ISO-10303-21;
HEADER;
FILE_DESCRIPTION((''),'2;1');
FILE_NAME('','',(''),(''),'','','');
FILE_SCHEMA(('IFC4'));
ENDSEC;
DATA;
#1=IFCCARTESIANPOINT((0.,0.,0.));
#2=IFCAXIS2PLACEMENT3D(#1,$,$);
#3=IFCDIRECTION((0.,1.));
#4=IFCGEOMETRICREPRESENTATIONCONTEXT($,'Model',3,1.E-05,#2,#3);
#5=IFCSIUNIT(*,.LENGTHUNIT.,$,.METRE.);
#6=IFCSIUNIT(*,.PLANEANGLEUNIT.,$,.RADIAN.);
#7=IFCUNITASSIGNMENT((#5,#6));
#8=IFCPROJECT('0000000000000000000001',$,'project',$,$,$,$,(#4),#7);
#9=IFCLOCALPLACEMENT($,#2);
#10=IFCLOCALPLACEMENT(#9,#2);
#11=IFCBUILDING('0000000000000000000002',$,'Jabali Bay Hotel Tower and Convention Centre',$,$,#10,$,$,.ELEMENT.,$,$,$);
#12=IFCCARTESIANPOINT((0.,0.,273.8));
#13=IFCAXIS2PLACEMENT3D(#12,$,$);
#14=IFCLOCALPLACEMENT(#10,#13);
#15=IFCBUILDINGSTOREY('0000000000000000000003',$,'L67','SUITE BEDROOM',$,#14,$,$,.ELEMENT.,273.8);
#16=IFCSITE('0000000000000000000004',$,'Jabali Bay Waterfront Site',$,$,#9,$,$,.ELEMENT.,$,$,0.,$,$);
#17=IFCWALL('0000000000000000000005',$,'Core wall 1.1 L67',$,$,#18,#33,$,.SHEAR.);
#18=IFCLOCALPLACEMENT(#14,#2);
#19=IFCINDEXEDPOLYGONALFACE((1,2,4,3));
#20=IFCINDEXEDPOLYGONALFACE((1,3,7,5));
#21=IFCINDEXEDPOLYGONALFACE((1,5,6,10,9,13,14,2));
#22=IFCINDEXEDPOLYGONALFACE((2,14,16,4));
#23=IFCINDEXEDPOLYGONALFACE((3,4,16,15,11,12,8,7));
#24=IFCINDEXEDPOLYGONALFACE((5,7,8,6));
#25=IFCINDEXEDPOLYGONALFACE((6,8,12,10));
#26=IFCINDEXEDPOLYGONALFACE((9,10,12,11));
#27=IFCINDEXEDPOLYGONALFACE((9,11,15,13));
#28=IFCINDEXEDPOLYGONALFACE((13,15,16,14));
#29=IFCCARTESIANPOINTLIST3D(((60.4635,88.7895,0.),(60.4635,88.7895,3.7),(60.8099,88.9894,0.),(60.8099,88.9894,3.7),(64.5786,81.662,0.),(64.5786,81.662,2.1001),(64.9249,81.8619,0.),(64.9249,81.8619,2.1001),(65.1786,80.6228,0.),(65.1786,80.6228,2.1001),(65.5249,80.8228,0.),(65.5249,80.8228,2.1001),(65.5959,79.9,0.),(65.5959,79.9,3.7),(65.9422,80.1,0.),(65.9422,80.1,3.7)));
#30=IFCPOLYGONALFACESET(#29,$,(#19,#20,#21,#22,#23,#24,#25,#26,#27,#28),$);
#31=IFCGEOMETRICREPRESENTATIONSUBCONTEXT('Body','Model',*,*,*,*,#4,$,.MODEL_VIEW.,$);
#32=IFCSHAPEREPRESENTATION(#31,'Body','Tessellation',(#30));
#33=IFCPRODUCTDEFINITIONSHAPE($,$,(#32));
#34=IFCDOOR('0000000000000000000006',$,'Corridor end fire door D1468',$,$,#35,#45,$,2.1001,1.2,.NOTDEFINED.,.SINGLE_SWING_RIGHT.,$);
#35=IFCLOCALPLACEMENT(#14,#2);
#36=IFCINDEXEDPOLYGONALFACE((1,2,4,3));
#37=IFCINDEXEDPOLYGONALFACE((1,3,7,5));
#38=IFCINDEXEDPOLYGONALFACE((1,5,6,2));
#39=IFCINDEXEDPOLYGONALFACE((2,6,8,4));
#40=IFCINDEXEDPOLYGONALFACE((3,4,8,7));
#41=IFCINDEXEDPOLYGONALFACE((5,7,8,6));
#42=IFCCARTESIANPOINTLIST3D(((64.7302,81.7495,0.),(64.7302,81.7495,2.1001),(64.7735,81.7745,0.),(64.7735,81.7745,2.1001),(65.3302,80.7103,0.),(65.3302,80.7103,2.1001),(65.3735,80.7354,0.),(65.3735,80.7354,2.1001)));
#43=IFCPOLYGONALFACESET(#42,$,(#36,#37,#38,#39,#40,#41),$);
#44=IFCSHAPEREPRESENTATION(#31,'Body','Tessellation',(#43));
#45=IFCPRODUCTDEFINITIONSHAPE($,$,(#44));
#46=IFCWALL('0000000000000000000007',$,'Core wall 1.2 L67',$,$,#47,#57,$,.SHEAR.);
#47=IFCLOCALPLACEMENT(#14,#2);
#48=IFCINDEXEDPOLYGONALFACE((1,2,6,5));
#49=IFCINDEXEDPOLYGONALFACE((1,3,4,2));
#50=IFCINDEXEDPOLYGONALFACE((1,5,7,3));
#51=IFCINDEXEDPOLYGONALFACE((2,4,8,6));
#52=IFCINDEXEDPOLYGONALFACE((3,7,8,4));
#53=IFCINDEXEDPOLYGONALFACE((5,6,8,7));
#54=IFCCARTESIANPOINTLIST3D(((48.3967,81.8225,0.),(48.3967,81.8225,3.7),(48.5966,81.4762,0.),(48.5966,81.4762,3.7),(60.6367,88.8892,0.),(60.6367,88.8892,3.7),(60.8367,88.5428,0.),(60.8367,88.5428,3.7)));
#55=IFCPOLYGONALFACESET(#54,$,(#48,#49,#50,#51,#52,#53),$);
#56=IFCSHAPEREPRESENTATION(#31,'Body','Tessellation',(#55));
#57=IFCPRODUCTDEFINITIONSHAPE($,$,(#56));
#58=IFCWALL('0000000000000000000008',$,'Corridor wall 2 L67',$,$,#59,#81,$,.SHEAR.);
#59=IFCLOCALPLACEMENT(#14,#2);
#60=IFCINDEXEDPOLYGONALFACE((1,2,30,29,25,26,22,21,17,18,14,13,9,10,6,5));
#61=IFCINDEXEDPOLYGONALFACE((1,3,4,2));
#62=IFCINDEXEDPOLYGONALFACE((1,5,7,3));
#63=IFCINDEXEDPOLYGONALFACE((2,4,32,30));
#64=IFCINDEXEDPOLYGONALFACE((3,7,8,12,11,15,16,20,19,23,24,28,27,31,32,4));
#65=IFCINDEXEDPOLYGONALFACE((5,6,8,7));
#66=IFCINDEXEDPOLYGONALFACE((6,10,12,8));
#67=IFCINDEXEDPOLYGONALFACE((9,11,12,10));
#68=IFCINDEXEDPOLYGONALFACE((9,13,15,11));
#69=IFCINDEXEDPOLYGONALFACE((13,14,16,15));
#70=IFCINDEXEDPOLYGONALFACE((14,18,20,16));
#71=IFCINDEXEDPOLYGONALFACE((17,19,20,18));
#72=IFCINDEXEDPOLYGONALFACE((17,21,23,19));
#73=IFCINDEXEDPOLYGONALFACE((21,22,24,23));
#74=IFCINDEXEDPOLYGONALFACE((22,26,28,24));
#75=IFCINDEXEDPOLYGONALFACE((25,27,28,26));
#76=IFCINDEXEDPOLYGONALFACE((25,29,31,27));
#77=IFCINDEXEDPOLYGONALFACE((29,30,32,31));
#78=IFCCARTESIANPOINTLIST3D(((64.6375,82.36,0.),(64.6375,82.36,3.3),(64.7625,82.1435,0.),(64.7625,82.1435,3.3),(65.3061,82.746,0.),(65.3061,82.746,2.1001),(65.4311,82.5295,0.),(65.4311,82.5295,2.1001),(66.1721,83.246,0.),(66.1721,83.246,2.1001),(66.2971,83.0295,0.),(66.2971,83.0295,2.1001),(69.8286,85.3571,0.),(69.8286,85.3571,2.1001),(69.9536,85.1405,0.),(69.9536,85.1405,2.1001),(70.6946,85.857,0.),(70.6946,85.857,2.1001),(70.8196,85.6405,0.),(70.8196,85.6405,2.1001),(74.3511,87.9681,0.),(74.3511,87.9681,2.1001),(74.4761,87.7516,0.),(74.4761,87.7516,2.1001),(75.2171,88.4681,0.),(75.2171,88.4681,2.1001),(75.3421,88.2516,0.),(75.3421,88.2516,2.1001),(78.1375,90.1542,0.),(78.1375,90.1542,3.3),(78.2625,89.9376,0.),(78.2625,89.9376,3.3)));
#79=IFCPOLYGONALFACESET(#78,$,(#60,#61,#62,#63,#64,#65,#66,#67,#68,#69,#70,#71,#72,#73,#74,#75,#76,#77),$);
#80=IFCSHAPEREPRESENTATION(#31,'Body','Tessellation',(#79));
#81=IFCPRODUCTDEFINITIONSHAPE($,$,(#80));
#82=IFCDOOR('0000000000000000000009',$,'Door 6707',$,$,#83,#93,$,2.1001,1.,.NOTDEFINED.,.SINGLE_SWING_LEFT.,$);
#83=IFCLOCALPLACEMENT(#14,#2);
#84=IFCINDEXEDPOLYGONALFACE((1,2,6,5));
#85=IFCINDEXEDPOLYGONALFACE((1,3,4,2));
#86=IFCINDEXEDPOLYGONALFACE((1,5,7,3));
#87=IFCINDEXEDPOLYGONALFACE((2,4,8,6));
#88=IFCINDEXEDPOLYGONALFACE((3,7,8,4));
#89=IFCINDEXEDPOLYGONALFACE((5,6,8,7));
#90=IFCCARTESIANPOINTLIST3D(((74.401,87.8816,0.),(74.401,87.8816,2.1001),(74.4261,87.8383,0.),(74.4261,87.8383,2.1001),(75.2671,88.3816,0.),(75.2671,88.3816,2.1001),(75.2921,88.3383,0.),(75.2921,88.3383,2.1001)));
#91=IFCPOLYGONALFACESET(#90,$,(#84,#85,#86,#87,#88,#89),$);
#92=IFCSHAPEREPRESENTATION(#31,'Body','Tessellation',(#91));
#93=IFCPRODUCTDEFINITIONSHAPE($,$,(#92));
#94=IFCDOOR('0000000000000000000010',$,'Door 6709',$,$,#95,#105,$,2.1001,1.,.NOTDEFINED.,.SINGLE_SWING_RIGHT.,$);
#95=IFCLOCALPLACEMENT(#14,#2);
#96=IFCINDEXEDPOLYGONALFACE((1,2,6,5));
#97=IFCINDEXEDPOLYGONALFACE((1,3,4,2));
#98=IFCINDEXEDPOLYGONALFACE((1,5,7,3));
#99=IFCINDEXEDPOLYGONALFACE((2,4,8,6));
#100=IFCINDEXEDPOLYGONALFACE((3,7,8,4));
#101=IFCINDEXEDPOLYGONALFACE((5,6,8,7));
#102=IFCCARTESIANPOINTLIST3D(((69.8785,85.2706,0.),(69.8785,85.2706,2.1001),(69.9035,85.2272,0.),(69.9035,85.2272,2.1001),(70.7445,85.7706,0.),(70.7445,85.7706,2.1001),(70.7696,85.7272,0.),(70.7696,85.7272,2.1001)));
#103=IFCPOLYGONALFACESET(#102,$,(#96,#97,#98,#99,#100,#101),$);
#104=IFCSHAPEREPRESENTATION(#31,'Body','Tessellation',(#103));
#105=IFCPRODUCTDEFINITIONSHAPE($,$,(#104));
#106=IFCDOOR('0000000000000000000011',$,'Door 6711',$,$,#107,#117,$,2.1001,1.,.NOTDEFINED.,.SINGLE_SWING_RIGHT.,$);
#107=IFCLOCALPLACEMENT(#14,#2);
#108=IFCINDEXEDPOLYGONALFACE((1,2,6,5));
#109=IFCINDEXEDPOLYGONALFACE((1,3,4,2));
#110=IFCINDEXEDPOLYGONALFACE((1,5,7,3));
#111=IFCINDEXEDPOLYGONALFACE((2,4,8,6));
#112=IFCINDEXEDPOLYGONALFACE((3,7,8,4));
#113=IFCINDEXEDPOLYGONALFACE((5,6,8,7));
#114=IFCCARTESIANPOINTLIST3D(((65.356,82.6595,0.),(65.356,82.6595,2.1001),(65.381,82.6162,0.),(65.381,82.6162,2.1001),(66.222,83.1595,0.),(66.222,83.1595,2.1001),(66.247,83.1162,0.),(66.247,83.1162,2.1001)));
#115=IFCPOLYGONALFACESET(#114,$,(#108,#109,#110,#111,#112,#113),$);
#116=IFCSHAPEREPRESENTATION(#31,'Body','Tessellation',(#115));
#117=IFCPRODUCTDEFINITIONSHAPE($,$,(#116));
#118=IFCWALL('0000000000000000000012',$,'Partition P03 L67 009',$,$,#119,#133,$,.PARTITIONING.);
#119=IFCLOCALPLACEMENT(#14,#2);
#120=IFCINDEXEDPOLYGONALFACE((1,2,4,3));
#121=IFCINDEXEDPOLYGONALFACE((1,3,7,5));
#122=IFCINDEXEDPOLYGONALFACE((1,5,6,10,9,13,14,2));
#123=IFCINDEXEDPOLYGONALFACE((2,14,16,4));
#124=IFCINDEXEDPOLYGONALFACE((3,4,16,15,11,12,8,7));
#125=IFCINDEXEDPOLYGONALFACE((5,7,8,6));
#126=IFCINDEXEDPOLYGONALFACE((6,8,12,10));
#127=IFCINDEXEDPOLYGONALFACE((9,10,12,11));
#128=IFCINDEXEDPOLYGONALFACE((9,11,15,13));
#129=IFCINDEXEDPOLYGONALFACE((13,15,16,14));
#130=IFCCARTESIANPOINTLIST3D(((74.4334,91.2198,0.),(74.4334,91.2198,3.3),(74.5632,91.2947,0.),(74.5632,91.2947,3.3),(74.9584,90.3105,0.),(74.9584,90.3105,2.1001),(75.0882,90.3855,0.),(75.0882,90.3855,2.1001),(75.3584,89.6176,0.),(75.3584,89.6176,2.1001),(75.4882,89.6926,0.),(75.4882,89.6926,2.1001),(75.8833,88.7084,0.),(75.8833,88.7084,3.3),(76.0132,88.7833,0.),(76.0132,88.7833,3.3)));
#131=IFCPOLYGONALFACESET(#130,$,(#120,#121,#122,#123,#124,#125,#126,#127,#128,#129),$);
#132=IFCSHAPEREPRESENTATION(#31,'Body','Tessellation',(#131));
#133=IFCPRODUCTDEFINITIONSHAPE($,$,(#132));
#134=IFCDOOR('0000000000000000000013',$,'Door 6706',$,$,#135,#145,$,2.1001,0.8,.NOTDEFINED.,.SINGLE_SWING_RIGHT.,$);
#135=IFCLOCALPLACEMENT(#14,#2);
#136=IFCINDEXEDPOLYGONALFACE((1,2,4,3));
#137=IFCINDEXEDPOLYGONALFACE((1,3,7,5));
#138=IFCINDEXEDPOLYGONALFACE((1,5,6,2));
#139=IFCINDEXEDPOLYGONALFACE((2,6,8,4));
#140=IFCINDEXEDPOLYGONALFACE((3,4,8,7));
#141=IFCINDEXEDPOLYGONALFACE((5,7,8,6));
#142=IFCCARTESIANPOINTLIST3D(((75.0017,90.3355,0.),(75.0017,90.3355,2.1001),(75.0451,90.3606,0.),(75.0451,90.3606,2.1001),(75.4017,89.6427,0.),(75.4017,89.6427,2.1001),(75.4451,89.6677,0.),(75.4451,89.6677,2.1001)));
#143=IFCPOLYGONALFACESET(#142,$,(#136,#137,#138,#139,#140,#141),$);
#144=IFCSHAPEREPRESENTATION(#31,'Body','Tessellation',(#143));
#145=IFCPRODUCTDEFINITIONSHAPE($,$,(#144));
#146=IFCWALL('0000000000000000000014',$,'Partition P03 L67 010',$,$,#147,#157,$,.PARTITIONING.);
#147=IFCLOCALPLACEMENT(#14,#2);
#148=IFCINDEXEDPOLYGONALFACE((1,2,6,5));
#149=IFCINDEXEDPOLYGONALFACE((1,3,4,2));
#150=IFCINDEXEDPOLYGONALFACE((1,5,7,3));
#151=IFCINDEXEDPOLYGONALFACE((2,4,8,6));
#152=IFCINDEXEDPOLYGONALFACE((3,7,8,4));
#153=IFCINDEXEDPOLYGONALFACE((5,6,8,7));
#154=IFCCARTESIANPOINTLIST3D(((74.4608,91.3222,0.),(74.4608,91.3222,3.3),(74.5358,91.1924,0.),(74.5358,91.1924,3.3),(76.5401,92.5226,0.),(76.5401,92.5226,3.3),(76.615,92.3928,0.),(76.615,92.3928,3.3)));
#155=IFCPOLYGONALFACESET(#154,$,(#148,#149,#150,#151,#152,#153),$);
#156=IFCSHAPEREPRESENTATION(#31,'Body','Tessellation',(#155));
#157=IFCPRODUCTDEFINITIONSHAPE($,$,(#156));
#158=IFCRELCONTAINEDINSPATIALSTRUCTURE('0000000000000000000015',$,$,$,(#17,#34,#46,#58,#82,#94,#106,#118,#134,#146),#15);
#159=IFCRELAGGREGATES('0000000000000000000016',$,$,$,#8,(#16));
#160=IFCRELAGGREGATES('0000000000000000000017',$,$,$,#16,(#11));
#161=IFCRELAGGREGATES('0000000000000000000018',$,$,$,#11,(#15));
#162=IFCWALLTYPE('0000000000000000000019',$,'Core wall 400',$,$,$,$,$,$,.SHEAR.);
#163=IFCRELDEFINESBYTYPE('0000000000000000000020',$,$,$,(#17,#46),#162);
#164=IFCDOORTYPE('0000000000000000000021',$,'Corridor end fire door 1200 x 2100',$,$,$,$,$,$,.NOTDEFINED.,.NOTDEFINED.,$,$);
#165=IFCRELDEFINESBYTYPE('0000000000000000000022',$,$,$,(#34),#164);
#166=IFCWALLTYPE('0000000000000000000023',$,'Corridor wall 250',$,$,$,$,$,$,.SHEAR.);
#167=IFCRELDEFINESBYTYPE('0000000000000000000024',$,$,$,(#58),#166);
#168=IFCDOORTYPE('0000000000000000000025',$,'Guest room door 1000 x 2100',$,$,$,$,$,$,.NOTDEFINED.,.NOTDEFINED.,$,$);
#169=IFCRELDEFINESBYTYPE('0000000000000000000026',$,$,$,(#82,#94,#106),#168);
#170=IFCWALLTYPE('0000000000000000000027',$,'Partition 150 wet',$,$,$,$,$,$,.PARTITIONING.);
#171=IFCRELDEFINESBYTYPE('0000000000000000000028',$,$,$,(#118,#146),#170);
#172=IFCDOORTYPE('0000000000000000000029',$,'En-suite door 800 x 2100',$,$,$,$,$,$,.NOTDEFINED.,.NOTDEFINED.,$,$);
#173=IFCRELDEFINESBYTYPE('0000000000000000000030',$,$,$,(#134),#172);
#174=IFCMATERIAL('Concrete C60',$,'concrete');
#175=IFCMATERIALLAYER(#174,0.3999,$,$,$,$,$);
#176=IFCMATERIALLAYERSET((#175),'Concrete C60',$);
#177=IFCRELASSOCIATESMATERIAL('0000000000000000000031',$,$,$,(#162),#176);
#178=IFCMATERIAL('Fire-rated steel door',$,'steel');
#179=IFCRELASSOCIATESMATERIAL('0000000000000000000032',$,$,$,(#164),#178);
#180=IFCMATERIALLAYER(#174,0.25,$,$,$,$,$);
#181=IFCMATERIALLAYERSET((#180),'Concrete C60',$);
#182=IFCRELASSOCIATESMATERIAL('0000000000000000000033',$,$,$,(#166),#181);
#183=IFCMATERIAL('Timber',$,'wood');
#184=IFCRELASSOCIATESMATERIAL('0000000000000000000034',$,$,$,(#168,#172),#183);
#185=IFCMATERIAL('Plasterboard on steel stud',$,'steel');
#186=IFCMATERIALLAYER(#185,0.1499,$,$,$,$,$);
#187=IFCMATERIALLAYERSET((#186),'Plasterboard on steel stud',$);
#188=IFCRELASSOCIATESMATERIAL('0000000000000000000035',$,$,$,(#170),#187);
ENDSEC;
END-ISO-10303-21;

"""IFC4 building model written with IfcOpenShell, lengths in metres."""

from ifc_helpers import new_model, si_unit, direction, frame, frame_2d, origin, place, context, subcontext, project, spatial, rectangle, extrude, material, layer, layer_set, type_object, element, fill, save


model = new_model("IFC4")

# Units and contexts
model_context = context("Model", 3, precision=1e-05, world=origin(), true_north=direction((0.0, 1.0)))
body_context = subcontext(model_context, "Body", "Model", "MODEL_VIEW")
ifc_project = project(units=[si_unit("LENGTHUNIT", "METRE"), si_unit("PLANEANGLEUNIT", "RADIAN")], contexts=[model_context])

# Site, building, storey
site_placement = place(None, origin())
site = spatial("IfcSite", under=ifc_project, at=site_placement, Name="Jabali Bay Waterfront Site", CompositionType="ELEMENT", RefElevation=0.0)
building_placement = place(site_placement, origin())
building = spatial("IfcBuilding", under=site, at=building_placement, Name="Jabali Bay Hotel Tower and Convention Centre", CompositionType="ELEMENT")
storey_placement = place(building_placement, frame((0.0, 0.0, 273.8)))
storey = spatial("IfcBuildingStorey", under=building, at=storey_placement, Name="L67", Description="SUITE BEDROOM", CompositionType="ELEMENT", Elevation=273.8)

# Shared definitions
ifc_material_1 = material(Name="Fire-rated steel door", Category="steel")

# Wall, opening, door
ifc_material_2 = material(Name="Concrete C60", Category="concrete")
ifc_layer_1 = layer(ifc_material_2, 0.3999)
ifc_layer_set_1 = layer_set([ifc_layer_1], Name="Concrete C60")
wall_type_1 = type_object("IfcWallType", Name="Core wall 400", PredefinedType="SHEAR", material=ifc_layer_set_1)
wall_1_placement = place(storey_placement, frame((65.769, 80.0, 0.0), z_axis=(0.0, 0.0, 1.0), x_axis=(-0.500002, 0.866024, 0.0)))
wall_1 = element("IfcWall", 1, at=wall_1_placement, inside=storey, type_object=wall_type_1, Name="Core wall 1.1 L67", PredefinedType="SHEAR", context=body_context, shape_type="SweptSolid", body=[
    extrude(rectangle(XDim=10.2646, YDim=0.3999, at=frame_2d((5.1323, 0.0))), origin(), (0.0, 0.0, 1.0), 3.7),
])
opening_1_placement = place(wall_1_placement, frame((0.8345, 0.0, 0.0)))
opening_1 = element("IfcOpeningElement", 2, at=opening_1_placement, cuts=wall_1, PredefinedType="OPENING", context=body_context, shape_type="SweptSolid", body=[
    extrude(rectangle(XDim=1.2, YDim=2.1001, at=frame_2d((0.6001, 1.05))), frame((0.0, 0.2104, 0.0), z_axis=(0.0, -1.0, 0.0), x_axis=(1.0, 0.0, 0.0)), (0.0, 0.0, 1.0), 0.4209),
])
door_type_1 = type_object("IfcDoorType", Name="Corridor end fire door 1200 x 2100", OperationType="NOTDEFINED", PredefinedType="NOTDEFINED", material=ifc_material_1)
door_1_placement = place(opening_1_placement, origin())
door_1 = element("IfcDoor", 3, at=door_1_placement, inside=storey, type_object=door_type_1, Name="Corridor end fire door D1468", OperationType="SINGLE_SWING_RIGHT", OverallHeight=2.1001, OverallWidth=1.2, PredefinedType="NOTDEFINED", context=body_context, shape_type="SweptSolid", body=[
    extrude(rectangle(XDim=1.2, YDim=2.1001, at=frame_2d((0.6001, 1.05))), frame((0.0, 0.0249, 0.0), z_axis=(0.0, -1.0, 0.0), x_axis=(1.0, 0.0, 0.0)), (0.0, 0.0, 1.0), 0.05),
])
fill(opening_1, door_1)

# Wall
wall_2_placement = place(storey_placement, frame((60.7368, 88.7161, 0.0), z_axis=(0.0, 0.0, 1.0), x_axis=(-0.866029, -0.499994, 0.0)))
element("IfcWall", 4, at=wall_2_placement, inside=storey, type_object=wall_type_1, Name="Core wall 1.2 L67", PredefinedType="SHEAR", context=body_context, shape_type="SweptSolid", body=[
    extrude(rectangle(XDim=14.1335, YDim=0.3999, at=frame_2d((7.0669, 0.0))), origin(), (0.0, 0.0, 1.0), 3.7),
])

# Wall, openings, doors
ifc_layer_2 = layer(ifc_material_2, 0.25)
ifc_layer_set_2 = layer_set([ifc_layer_2], Name="Concrete C60")
wall_type_2 = type_object("IfcWallType", Name="Corridor wall 250", PredefinedType="SHEAR", material=ifc_layer_set_2)
wall_3_placement = place(storey_placement, frame((78.2, 90.0459, 0.0), z_axis=(0.0, 0.0, 1.0), x_axis=(-0.866026, -0.499998, 0.0)))
wall_3 = element("IfcWall", 5, at=wall_3_placement, inside=storey, type_object=wall_type_2, Name="Corridor wall 2 L67", PredefinedType="SHEAR", context=body_context, shape_type="SweptSolid", body=[
    extrude(rectangle(XDim=15.5884, YDim=0.25, at=frame_2d((7.7942, 0.0))), origin(), (0.0, 0.0, 1.0), 3.3),
])
opening_2_placement = place(wall_3_placement, frame((3.3721, 0.0, 0.0)))
opening_2 = element("IfcOpeningElement", 6, at=opening_2_placement, cuts=wall_3, PredefinedType="OPENING", context=body_context, shape_type="SweptSolid", body=[
    extrude(rectangle(XDim=1.0, YDim=2.1001, at=frame_2d((0.5, 1.05))), frame((0.0, 0.1355, 0.0), z_axis=(0.0, -1.0, 0.0), x_axis=(1.0, 0.0, 0.0)), (0.0, 0.0, 1.0), 0.271),
])
opening_3_placement = place(wall_3_placement, frame((8.5942, 0.0, 0.0)))
opening_3 = element("IfcOpeningElement", 7, at=opening_3_placement, cuts=wall_3, PredefinedType="OPENING", context=body_context, shape_type="SweptSolid", body=[
    extrude(rectangle(XDim=1.0, YDim=2.1001, at=frame_2d((0.5, 1.05))), frame((0.0, 0.1355, 0.0), z_axis=(0.0, -1.0, 0.0), x_axis=(1.0, 0.0, 0.0)), (0.0, 0.0, 1.0), 0.271),
])
opening_4_placement = place(wall_3_placement, frame((13.8164, 0.0, 0.0)))
opening_4 = element("IfcOpeningElement", 8, at=opening_4_placement, cuts=wall_3, PredefinedType="OPENING", context=body_context, shape_type="SweptSolid", body=[
    extrude(rectangle(XDim=1.0, YDim=2.1001, at=frame_2d((0.5, 1.05))), frame((0.0, 0.1355, 0.0), z_axis=(0.0, -1.0, 0.0), x_axis=(1.0, 0.0, 0.0)), (0.0, 0.0, 1.0), 0.271),
])
ifc_material_3 = material(Name="Timber", Category="wood")
door_type_2 = type_object("IfcDoorType", Name="Guest room door 1000 x 2100", OperationType="NOTDEFINED", PredefinedType="NOTDEFINED", material=ifc_material_3)
door_2_placement = place(opening_2_placement, origin())
door_2 = element("IfcDoor", 9, at=door_2_placement, inside=storey, type_object=door_type_2, Name="Door 6707", OperationType="SINGLE_SWING_LEFT", OverallHeight=2.1001, OverallWidth=1.0, PredefinedType="NOTDEFINED", context=body_context, shape_type="SweptSolid", body=[
    extrude(rectangle(XDim=1.0, YDim=2.1001, at=frame_2d((0.5, 1.05))), frame((0.0, 0.0249, 0.0), z_axis=(0.0, -1.0, 0.0), x_axis=(1.0, 0.0, 0.0)), (0.0, 0.0, 1.0), 0.05),
])
fill(opening_2, door_2)
door_3_placement = place(opening_3_placement, origin())
door_3 = element("IfcDoor", 10, at=door_3_placement, inside=storey, type_object=door_type_2, Name="Door 6709", OperationType="SINGLE_SWING_RIGHT", OverallHeight=2.1001, OverallWidth=1.0, PredefinedType="NOTDEFINED", context=body_context, shape_type="SweptSolid", body=[
    extrude(rectangle(XDim=1.0, YDim=2.1001, at=frame_2d((0.5, 1.05))), frame((0.0, 0.0249, 0.0), z_axis=(0.0, -1.0, 0.0), x_axis=(1.0, 0.0, 0.0)), (0.0, 0.0, 1.0), 0.05),
])
fill(opening_3, door_3)
door_4_placement = place(opening_4_placement, origin())
door_4 = element("IfcDoor", 11, at=door_4_placement, inside=storey, type_object=door_type_2, Name="Door 6711", OperationType="SINGLE_SWING_RIGHT", OverallHeight=2.1001, OverallWidth=1.0, PredefinedType="NOTDEFINED", context=body_context, shape_type="SweptSolid", body=[
    extrude(rectangle(XDim=1.0, YDim=2.1001, at=frame_2d((0.5, 1.05))), frame((0.0, 0.0249, 0.0), z_axis=(0.0, -1.0, 0.0), x_axis=(1.0, 0.0, 0.0)), (0.0, 0.0, 1.0), 0.05),
])
fill(opening_4, door_4)

# Wall, opening, door
ifc_material_4 = material(Name="Plasterboard on steel stud", Category="steel")
ifc_layer_3 = layer(ifc_material_4, 0.1499)
ifc_layer_set_3 = layer_set([ifc_layer_3], Name="Plasterboard on steel stud")
wall_type_3 = type_object("IfcWallType", Name="Partition 150 wet", PredefinedType="PARTITIONING", material=ifc_layer_set_3)
wall_4_placement = place(storey_placement, frame((75.9482, 88.7458, 0.0), z_axis=(0.0, 0.0, 1.0), x_axis=(-0.499987, 0.866033, 0.0)))
wall_4 = element("IfcWall", 12, at=wall_4_placement, inside=storey, type_object=wall_type_3, Name="Partition P03 L67 009", PredefinedType="PARTITIONING", context=body_context, shape_type="SweptSolid", body=[
    extrude(rectangle(XDim=2.8999, YDim=0.1499, at=frame_2d((1.45, 0.0))), origin(), (0.0, 0.0, 1.0), 3.3),
])
opening_5_placement = place(wall_4_placement, frame((1.05, 0.0, 0.0)))
opening_5 = element("IfcOpeningElement", 13, at=opening_5_placement, cuts=wall_4, PredefinedType="OPENING", context=body_context, shape_type="SweptSolid", body=[
    extrude(rectangle(XDim=0.8, YDim=2.1001, at=frame_2d((0.3999, 1.05))), frame((0.0, 0.0854, 0.0), z_axis=(0.0, -1.0, 0.0), x_axis=(1.0, 0.0, 0.0)), (0.0, 0.0, 1.0), 0.1709),
])
door_type_3 = type_object("IfcDoorType", Name="En-suite door 800 x 2100", OperationType="NOTDEFINED", PredefinedType="NOTDEFINED", material=ifc_material_3)
door_5_placement = place(opening_5_placement, origin())
door_5 = element("IfcDoor", 14, at=door_5_placement, inside=storey, type_object=door_type_3, Name="Door 6706", OperationType="SINGLE_SWING_RIGHT", OverallHeight=2.1001, OverallWidth=0.8, PredefinedType="NOTDEFINED", context=body_context, shape_type="SweptSolid", body=[
    extrude(rectangle(XDim=0.8, YDim=2.1001, at=frame_2d((0.3999, 1.05))), frame((0.0, 0.0249, 0.0), z_axis=(0.0, -1.0, 0.0), x_axis=(1.0, 0.0, 0.0)), (0.0, 0.0, 1.0), 0.05),
])
fill(opening_5, door_5)

# Wall
wall_5_placement = place(storey_placement, frame((74.4983, 91.2573, 0.0), z_axis=(0.0, 0.0, 1.0), x_axis=(0.866038, 0.499978, 0.0)))
element("IfcWall", 15, at=wall_5_placement, inside=storey, type_object=wall_type_3, Name="Partition P03 L67 010", PredefinedType="PARTITIONING", context=body_context, shape_type="SweptSolid", body=[
    extrude(rectangle(XDim=2.4009, YDim=0.1499, at=frame_2d((1.2004, 0.0))), origin(), (0.0, 0.0, 1.0), 3.3),
])

save(model, "model.ifc")
